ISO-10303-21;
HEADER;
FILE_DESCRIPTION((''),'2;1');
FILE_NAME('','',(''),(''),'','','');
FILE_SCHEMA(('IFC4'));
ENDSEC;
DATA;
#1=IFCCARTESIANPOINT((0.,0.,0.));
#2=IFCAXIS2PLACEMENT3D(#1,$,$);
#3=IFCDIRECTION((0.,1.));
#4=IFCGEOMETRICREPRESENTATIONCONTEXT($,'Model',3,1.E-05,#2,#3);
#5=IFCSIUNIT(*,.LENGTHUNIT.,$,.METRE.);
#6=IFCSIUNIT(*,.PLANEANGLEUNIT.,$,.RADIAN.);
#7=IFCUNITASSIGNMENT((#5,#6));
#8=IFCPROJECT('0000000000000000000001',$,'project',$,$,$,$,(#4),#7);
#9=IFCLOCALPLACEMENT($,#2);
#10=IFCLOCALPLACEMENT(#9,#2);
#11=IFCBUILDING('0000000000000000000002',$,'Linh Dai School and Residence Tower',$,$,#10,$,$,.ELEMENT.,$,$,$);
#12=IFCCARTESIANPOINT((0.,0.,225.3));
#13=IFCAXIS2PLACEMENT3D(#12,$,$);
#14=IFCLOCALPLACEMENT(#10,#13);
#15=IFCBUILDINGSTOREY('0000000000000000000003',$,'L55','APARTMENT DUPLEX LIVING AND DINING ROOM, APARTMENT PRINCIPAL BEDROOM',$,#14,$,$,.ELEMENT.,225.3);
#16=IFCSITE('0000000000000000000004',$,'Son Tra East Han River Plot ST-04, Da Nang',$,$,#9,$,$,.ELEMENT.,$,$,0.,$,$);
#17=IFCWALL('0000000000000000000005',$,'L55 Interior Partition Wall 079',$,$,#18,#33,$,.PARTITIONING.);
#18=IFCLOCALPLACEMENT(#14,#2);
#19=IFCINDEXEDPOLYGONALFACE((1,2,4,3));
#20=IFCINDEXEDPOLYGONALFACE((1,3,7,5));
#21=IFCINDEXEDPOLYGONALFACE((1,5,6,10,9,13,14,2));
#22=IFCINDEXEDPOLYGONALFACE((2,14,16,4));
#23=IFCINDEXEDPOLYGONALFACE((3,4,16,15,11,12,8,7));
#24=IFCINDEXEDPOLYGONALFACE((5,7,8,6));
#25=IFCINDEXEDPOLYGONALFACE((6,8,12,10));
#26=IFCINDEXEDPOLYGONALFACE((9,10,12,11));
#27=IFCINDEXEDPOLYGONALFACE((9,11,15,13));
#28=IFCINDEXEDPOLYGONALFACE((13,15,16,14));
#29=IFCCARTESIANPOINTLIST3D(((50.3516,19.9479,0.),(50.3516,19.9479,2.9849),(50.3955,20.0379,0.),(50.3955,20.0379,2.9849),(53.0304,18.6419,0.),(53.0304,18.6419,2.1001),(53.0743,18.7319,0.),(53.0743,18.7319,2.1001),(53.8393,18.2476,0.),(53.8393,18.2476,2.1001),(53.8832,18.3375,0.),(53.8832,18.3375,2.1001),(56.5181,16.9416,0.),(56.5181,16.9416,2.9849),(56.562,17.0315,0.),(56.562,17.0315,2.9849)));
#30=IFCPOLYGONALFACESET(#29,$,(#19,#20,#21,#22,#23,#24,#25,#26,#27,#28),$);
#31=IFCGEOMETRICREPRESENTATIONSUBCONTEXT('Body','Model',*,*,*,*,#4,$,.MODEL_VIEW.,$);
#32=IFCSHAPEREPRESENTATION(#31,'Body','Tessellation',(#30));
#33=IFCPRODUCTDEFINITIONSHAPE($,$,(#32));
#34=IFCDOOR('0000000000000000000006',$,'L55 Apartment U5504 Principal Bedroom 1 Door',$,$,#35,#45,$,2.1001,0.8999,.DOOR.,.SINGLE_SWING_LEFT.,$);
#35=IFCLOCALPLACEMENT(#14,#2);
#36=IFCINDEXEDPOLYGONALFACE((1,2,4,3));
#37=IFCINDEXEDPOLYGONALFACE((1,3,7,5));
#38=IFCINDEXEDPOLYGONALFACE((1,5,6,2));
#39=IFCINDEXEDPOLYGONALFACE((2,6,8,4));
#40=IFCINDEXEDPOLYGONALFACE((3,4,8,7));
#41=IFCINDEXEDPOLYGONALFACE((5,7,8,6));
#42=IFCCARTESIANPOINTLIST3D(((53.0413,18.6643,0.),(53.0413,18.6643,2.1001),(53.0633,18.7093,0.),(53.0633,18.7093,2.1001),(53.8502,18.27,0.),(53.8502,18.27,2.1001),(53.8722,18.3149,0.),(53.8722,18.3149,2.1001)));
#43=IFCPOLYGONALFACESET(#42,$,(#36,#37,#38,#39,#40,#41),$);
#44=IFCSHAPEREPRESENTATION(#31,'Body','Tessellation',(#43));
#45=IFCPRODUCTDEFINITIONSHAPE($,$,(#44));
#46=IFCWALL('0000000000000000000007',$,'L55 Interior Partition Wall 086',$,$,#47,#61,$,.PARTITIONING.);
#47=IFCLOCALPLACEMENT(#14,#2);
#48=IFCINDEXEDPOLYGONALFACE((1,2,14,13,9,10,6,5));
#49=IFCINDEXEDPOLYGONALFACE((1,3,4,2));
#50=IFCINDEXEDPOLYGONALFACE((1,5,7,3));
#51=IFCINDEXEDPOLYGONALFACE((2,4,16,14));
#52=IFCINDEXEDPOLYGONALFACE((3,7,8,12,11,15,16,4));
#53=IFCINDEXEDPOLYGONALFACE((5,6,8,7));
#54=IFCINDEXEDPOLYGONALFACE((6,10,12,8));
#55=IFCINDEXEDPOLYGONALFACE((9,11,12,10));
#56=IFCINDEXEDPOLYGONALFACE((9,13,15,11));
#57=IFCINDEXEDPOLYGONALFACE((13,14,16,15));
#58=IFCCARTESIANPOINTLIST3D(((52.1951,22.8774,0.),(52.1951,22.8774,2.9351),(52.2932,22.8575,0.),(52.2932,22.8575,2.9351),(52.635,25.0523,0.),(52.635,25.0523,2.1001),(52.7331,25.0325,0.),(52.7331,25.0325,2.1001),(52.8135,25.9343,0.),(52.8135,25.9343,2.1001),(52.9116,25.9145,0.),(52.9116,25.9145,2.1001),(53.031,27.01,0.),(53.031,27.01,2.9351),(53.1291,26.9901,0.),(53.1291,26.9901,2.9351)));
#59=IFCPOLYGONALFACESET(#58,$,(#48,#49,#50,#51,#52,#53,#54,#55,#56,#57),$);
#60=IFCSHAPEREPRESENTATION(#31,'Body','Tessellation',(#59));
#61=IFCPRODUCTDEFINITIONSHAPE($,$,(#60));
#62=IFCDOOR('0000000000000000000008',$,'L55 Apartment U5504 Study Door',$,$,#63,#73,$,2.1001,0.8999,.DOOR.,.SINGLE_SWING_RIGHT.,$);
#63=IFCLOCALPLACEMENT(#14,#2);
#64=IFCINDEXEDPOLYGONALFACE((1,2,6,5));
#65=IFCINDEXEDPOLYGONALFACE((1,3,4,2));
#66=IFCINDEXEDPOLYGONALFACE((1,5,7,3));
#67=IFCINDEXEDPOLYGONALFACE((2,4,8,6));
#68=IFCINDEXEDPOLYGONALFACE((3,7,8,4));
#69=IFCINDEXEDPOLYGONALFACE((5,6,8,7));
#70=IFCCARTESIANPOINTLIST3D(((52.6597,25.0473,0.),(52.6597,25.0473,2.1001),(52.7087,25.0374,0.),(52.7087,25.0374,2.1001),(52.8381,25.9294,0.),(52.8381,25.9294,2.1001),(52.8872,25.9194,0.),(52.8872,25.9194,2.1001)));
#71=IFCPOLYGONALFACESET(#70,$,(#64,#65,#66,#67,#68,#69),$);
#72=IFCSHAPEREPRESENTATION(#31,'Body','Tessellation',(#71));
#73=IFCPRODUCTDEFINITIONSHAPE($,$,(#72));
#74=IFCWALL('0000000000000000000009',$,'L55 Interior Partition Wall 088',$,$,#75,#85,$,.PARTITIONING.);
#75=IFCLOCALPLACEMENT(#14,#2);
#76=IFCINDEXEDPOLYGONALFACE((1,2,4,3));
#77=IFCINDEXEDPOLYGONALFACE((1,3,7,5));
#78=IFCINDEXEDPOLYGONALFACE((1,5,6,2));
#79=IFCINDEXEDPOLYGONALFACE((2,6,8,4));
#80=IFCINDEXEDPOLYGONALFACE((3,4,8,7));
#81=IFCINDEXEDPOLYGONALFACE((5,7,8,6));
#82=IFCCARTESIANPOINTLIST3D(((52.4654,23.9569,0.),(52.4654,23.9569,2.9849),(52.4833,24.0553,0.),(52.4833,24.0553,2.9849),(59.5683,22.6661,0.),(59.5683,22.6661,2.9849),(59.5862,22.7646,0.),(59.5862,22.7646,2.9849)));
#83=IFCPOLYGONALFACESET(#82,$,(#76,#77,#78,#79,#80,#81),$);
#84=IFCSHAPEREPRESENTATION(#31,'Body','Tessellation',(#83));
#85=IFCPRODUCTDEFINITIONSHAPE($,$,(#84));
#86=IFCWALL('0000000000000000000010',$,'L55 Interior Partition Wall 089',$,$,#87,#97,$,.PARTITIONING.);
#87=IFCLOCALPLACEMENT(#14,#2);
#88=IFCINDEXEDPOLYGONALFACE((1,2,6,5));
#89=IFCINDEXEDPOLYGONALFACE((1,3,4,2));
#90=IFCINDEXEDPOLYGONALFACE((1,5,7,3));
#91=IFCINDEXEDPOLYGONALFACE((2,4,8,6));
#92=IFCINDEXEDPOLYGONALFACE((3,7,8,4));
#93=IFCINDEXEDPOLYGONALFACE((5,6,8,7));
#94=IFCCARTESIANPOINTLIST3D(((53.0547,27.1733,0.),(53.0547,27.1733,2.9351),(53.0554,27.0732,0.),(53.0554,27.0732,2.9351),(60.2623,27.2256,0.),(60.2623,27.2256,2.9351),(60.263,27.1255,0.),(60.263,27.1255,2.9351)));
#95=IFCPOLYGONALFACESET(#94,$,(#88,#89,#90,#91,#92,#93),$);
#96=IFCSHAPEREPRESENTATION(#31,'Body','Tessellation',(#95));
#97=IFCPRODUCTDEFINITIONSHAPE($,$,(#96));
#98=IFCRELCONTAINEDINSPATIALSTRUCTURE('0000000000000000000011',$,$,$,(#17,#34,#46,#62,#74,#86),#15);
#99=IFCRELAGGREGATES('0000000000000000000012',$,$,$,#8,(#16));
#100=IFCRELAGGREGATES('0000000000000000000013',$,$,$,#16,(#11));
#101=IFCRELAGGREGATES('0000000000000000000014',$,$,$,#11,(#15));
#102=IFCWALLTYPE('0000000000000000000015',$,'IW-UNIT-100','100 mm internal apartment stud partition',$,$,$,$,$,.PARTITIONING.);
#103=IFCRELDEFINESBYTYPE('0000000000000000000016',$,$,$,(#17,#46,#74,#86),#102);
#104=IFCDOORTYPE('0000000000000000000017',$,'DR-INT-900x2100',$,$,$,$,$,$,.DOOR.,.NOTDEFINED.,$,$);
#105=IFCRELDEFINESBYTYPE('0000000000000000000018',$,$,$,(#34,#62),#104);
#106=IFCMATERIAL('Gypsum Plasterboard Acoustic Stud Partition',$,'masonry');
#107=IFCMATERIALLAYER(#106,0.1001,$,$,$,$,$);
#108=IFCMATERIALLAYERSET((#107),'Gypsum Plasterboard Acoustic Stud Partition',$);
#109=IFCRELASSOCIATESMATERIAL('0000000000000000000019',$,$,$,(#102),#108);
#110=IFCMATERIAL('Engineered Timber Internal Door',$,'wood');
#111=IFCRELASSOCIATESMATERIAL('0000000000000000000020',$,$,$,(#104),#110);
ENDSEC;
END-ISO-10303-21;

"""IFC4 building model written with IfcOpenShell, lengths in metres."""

from ifc_helpers import new_model, si_unit, direction, frame, frame_2d, origin, origin_2d, place, context, subcontext, project, spatial, rectangle, extrude, source, transform, mapped, material, layer, layer_set, type_object, element, fill, save


model = new_model("IFC4")

# Units and contexts
model_context = context("Model", 3, precision=1e-05, world=origin(), true_north=direction((0.0, 1.0)))
body_context = subcontext(model_context, "Body", "Model", "MODEL_VIEW")
ifc_project = project(units=[si_unit("LENGTHUNIT", "METRE"), si_unit("PLANEANGLEUNIT", "RADIAN")], contexts=[model_context])

# Site, building, storey
site_placement = place(None, origin())
site = spatial("IfcSite", under=ifc_project, at=site_placement, Name="Son Tra East Han River Plot ST-04, Da Nang", CompositionType="ELEMENT", RefElevation=0.0)
building_placement = place(site_placement, origin())
building = spatial("IfcBuilding", under=site, at=building_placement, Name="Linh Dai School and Residence Tower", CompositionType="ELEMENT")
storey_placement = place(building_placement, frame((0.0, 0.0, 225.3)))
storey = spatial("IfcBuildingStorey", under=building, at=storey_placement, Name="L55", Description="APARTMENT DUPLEX LIVING AND DINING ROOM, APARTMENT PRINCIPAL BEDROOM", CompositionType="ELEMENT", Elevation=225.3)

# Walls, openings, doors
ifc_material_1 = material(Name="Gypsum Plasterboard Acoustic Stud Partition", Category="masonry")
ifc_layer_1 = layer(ifc_material_1, 0.1001)
ifc_layer_set_1 = layer_set([ifc_layer_1], Name="Gypsum Plasterboard Acoustic Stud Partition")
wall_type_1 = type_object("IfcWallType", Name="IW-UNIT-100", Description="100 mm internal apartment stud partition", PredefinedType="PARTITIONING", material=ifc_layer_set_1)
wall_1_placement = place(storey_placement, frame((50.3735, 19.9929, 0.0), z_axis=(0.0, 0.0, 1.0), x_axis=(0.898866, -0.438223, 0.0)))
wall_1 = element("IfcWall", 1, at=wall_1_placement, inside=storey, type_object=wall_type_1, Name="L55 Interior Partition Wall 079", PredefinedType="PARTITIONING", context=body_context, shape_type="SweptSolid", body=[
    extrude(rectangle(XDim=6.8604, YDim=0.1001, at=frame_2d((3.4302, 0.0))), origin(), (0.0, 0.0, 1.0), 2.9849),
])
opening_1_placement = place(wall_1_placement, frame((2.9802, 0.0, 0.0)))
opening_1 = element("IfcOpeningElement", 2, at=opening_1_placement, cuts=wall_1, PredefinedType="OPENING", context=body_context, shape_type="SweptSolid", body=[
    extrude(rectangle(XDim=0.8999, YDim=2.1001, at=origin_2d()), frame((0.45, 0.0601, 1.05), z_axis=(0.0, -1.0, 0.0), x_axis=(1.0, 0.0, 0.0)), (0.0, 0.0, 1.0), 0.1201),
])
ifc_material_2 = material(Name="Engineered Timber Internal Door", Category="wood")
door_type_1 = type_object("IfcDoorType", Name="DR-INT-900x2100", OperationType="NOTDEFINED", PredefinedType="DOOR", material=ifc_material_2)
shared_shape_1 = source(origin(), body_context, "Body", "SweptSolid", [
    extrude(rectangle(XDim=0.8999, YDim=2.1001, at=origin_2d()), frame((0.45, 0.0249, 1.05), z_axis=(0.0, -1.0, 0.0), x_axis=(1.0, 0.0, 0.0)), (0.0, 0.0, 1.0), 0.05),
])
door_1_placement = place(opening_1_placement, origin())
door_1 = element("IfcDoor", 3, at=door_1_placement, inside=storey, type_object=door_type_1, Name="L55 Apartment U5504 Principal Bedroom 1 Door", OperationType="SINGLE_SWING_LEFT", OverallHeight=2.1001, OverallWidth=0.8999, PredefinedType="DOOR", context=body_context, shape_type="MappedRepresentation", body=[
    mapped(shared_shape_1, transform((0.0, 0.0, 0.0), x_axis=(1.0, 0.0, 0.0), y_axis=(0.0, 1.0, 0.0), z_axis=(0.0, 0.0, 1.0), scale=1.0)),
])
fill(opening_1, door_1)
wall_2_placement = place(storey_placement, frame((52.2441, 22.8674, 0.0), z_axis=(0.0, 0.0, 1.0), x_axis=(0.198265, 0.980148, 0.0)))
wall_2 = element("IfcWall", 4, at=wall_2_placement, inside=storey, type_object=wall_type_1, Name="L55 Interior Partition Wall 086", PredefinedType="PARTITIONING", context=body_context, shape_type="SweptSolid", body=[
    extrude(rectangle(XDim=4.2163, YDim=0.1001, at=frame_2d((2.1082, 0.0))), origin(), (0.0, 0.0, 1.0), 2.9351),
])
opening_2_placement = place(wall_2_placement, frame((2.219, 0.0, 0.0)))
opening_2 = element("IfcOpeningElement", 5, at=opening_2_placement, cuts=wall_2, PredefinedType="OPENING", context=body_context, shape_type="SweptSolid", body=[
    extrude(rectangle(XDim=0.8999, YDim=2.1001, at=origin_2d()), frame((0.45, 0.0601, 1.05), z_axis=(0.0, -1.0, 0.0), x_axis=(1.0, 0.0, 0.0)), (0.0, 0.0, 1.0), 0.1201),
])
door_2_placement = place(opening_2_placement, origin())
door_2 = element("IfcDoor", 6, at=door_2_placement, inside=storey, type_object=door_type_1, Name="L55 Apartment U5504 Study Door", OperationType="SINGLE_SWING_RIGHT", OverallHeight=2.1001, OverallWidth=0.8999, PredefinedType="DOOR", context=body_context, shape_type="MappedRepresentation", body=[
    mapped(shared_shape_1, transform((0.0, 0.0, 0.0), x_axis=(1.0, 0.0, 0.0), y_axis=(0.0, 1.0, 0.0), z_axis=(0.0, 0.0, 1.0), scale=1.0)),
])
fill(opening_2, door_2)

# Walls
wall_3_placement = place(storey_placement, frame((52.4744, 24.0061, 0.0), z_axis=(0.0, 0.0, 1.0), x_axis=(0.983887, -0.178793, 0.0)))
element("IfcWall", 7, at=wall_3_placement, inside=storey, type_object=wall_type_1, Name="L55 Interior Partition Wall 088", PredefinedType="PARTITIONING", context=body_context, shape_type="SweptSolid", body=[
    extrude(rectangle(XDim=7.2192, YDim=0.1001, at=frame_2d((3.6096, 0.0))), origin(), (0.0, 0.0, 1.0), 2.9849),
])
wall_4_placement = place(storey_placement, frame((53.0549, 27.1233, 0.0), z_axis=(0.0, 0.0, 1.0), x_axis=(0.999974, 0.007249, 0.0)))
element("IfcWall", 8, at=wall_4_placement, inside=storey, type_object=wall_type_1, Name="L55 Interior Partition Wall 089", PredefinedType="PARTITIONING", context=body_context, shape_type="SweptSolid", body=[
    extrude(rectangle(XDim=7.2078, YDim=0.1001, at=frame_2d((3.604, 0.0))), origin(), (0.0, 0.0, 1.0), 2.9351),
])

save(model, "model.ifc")
